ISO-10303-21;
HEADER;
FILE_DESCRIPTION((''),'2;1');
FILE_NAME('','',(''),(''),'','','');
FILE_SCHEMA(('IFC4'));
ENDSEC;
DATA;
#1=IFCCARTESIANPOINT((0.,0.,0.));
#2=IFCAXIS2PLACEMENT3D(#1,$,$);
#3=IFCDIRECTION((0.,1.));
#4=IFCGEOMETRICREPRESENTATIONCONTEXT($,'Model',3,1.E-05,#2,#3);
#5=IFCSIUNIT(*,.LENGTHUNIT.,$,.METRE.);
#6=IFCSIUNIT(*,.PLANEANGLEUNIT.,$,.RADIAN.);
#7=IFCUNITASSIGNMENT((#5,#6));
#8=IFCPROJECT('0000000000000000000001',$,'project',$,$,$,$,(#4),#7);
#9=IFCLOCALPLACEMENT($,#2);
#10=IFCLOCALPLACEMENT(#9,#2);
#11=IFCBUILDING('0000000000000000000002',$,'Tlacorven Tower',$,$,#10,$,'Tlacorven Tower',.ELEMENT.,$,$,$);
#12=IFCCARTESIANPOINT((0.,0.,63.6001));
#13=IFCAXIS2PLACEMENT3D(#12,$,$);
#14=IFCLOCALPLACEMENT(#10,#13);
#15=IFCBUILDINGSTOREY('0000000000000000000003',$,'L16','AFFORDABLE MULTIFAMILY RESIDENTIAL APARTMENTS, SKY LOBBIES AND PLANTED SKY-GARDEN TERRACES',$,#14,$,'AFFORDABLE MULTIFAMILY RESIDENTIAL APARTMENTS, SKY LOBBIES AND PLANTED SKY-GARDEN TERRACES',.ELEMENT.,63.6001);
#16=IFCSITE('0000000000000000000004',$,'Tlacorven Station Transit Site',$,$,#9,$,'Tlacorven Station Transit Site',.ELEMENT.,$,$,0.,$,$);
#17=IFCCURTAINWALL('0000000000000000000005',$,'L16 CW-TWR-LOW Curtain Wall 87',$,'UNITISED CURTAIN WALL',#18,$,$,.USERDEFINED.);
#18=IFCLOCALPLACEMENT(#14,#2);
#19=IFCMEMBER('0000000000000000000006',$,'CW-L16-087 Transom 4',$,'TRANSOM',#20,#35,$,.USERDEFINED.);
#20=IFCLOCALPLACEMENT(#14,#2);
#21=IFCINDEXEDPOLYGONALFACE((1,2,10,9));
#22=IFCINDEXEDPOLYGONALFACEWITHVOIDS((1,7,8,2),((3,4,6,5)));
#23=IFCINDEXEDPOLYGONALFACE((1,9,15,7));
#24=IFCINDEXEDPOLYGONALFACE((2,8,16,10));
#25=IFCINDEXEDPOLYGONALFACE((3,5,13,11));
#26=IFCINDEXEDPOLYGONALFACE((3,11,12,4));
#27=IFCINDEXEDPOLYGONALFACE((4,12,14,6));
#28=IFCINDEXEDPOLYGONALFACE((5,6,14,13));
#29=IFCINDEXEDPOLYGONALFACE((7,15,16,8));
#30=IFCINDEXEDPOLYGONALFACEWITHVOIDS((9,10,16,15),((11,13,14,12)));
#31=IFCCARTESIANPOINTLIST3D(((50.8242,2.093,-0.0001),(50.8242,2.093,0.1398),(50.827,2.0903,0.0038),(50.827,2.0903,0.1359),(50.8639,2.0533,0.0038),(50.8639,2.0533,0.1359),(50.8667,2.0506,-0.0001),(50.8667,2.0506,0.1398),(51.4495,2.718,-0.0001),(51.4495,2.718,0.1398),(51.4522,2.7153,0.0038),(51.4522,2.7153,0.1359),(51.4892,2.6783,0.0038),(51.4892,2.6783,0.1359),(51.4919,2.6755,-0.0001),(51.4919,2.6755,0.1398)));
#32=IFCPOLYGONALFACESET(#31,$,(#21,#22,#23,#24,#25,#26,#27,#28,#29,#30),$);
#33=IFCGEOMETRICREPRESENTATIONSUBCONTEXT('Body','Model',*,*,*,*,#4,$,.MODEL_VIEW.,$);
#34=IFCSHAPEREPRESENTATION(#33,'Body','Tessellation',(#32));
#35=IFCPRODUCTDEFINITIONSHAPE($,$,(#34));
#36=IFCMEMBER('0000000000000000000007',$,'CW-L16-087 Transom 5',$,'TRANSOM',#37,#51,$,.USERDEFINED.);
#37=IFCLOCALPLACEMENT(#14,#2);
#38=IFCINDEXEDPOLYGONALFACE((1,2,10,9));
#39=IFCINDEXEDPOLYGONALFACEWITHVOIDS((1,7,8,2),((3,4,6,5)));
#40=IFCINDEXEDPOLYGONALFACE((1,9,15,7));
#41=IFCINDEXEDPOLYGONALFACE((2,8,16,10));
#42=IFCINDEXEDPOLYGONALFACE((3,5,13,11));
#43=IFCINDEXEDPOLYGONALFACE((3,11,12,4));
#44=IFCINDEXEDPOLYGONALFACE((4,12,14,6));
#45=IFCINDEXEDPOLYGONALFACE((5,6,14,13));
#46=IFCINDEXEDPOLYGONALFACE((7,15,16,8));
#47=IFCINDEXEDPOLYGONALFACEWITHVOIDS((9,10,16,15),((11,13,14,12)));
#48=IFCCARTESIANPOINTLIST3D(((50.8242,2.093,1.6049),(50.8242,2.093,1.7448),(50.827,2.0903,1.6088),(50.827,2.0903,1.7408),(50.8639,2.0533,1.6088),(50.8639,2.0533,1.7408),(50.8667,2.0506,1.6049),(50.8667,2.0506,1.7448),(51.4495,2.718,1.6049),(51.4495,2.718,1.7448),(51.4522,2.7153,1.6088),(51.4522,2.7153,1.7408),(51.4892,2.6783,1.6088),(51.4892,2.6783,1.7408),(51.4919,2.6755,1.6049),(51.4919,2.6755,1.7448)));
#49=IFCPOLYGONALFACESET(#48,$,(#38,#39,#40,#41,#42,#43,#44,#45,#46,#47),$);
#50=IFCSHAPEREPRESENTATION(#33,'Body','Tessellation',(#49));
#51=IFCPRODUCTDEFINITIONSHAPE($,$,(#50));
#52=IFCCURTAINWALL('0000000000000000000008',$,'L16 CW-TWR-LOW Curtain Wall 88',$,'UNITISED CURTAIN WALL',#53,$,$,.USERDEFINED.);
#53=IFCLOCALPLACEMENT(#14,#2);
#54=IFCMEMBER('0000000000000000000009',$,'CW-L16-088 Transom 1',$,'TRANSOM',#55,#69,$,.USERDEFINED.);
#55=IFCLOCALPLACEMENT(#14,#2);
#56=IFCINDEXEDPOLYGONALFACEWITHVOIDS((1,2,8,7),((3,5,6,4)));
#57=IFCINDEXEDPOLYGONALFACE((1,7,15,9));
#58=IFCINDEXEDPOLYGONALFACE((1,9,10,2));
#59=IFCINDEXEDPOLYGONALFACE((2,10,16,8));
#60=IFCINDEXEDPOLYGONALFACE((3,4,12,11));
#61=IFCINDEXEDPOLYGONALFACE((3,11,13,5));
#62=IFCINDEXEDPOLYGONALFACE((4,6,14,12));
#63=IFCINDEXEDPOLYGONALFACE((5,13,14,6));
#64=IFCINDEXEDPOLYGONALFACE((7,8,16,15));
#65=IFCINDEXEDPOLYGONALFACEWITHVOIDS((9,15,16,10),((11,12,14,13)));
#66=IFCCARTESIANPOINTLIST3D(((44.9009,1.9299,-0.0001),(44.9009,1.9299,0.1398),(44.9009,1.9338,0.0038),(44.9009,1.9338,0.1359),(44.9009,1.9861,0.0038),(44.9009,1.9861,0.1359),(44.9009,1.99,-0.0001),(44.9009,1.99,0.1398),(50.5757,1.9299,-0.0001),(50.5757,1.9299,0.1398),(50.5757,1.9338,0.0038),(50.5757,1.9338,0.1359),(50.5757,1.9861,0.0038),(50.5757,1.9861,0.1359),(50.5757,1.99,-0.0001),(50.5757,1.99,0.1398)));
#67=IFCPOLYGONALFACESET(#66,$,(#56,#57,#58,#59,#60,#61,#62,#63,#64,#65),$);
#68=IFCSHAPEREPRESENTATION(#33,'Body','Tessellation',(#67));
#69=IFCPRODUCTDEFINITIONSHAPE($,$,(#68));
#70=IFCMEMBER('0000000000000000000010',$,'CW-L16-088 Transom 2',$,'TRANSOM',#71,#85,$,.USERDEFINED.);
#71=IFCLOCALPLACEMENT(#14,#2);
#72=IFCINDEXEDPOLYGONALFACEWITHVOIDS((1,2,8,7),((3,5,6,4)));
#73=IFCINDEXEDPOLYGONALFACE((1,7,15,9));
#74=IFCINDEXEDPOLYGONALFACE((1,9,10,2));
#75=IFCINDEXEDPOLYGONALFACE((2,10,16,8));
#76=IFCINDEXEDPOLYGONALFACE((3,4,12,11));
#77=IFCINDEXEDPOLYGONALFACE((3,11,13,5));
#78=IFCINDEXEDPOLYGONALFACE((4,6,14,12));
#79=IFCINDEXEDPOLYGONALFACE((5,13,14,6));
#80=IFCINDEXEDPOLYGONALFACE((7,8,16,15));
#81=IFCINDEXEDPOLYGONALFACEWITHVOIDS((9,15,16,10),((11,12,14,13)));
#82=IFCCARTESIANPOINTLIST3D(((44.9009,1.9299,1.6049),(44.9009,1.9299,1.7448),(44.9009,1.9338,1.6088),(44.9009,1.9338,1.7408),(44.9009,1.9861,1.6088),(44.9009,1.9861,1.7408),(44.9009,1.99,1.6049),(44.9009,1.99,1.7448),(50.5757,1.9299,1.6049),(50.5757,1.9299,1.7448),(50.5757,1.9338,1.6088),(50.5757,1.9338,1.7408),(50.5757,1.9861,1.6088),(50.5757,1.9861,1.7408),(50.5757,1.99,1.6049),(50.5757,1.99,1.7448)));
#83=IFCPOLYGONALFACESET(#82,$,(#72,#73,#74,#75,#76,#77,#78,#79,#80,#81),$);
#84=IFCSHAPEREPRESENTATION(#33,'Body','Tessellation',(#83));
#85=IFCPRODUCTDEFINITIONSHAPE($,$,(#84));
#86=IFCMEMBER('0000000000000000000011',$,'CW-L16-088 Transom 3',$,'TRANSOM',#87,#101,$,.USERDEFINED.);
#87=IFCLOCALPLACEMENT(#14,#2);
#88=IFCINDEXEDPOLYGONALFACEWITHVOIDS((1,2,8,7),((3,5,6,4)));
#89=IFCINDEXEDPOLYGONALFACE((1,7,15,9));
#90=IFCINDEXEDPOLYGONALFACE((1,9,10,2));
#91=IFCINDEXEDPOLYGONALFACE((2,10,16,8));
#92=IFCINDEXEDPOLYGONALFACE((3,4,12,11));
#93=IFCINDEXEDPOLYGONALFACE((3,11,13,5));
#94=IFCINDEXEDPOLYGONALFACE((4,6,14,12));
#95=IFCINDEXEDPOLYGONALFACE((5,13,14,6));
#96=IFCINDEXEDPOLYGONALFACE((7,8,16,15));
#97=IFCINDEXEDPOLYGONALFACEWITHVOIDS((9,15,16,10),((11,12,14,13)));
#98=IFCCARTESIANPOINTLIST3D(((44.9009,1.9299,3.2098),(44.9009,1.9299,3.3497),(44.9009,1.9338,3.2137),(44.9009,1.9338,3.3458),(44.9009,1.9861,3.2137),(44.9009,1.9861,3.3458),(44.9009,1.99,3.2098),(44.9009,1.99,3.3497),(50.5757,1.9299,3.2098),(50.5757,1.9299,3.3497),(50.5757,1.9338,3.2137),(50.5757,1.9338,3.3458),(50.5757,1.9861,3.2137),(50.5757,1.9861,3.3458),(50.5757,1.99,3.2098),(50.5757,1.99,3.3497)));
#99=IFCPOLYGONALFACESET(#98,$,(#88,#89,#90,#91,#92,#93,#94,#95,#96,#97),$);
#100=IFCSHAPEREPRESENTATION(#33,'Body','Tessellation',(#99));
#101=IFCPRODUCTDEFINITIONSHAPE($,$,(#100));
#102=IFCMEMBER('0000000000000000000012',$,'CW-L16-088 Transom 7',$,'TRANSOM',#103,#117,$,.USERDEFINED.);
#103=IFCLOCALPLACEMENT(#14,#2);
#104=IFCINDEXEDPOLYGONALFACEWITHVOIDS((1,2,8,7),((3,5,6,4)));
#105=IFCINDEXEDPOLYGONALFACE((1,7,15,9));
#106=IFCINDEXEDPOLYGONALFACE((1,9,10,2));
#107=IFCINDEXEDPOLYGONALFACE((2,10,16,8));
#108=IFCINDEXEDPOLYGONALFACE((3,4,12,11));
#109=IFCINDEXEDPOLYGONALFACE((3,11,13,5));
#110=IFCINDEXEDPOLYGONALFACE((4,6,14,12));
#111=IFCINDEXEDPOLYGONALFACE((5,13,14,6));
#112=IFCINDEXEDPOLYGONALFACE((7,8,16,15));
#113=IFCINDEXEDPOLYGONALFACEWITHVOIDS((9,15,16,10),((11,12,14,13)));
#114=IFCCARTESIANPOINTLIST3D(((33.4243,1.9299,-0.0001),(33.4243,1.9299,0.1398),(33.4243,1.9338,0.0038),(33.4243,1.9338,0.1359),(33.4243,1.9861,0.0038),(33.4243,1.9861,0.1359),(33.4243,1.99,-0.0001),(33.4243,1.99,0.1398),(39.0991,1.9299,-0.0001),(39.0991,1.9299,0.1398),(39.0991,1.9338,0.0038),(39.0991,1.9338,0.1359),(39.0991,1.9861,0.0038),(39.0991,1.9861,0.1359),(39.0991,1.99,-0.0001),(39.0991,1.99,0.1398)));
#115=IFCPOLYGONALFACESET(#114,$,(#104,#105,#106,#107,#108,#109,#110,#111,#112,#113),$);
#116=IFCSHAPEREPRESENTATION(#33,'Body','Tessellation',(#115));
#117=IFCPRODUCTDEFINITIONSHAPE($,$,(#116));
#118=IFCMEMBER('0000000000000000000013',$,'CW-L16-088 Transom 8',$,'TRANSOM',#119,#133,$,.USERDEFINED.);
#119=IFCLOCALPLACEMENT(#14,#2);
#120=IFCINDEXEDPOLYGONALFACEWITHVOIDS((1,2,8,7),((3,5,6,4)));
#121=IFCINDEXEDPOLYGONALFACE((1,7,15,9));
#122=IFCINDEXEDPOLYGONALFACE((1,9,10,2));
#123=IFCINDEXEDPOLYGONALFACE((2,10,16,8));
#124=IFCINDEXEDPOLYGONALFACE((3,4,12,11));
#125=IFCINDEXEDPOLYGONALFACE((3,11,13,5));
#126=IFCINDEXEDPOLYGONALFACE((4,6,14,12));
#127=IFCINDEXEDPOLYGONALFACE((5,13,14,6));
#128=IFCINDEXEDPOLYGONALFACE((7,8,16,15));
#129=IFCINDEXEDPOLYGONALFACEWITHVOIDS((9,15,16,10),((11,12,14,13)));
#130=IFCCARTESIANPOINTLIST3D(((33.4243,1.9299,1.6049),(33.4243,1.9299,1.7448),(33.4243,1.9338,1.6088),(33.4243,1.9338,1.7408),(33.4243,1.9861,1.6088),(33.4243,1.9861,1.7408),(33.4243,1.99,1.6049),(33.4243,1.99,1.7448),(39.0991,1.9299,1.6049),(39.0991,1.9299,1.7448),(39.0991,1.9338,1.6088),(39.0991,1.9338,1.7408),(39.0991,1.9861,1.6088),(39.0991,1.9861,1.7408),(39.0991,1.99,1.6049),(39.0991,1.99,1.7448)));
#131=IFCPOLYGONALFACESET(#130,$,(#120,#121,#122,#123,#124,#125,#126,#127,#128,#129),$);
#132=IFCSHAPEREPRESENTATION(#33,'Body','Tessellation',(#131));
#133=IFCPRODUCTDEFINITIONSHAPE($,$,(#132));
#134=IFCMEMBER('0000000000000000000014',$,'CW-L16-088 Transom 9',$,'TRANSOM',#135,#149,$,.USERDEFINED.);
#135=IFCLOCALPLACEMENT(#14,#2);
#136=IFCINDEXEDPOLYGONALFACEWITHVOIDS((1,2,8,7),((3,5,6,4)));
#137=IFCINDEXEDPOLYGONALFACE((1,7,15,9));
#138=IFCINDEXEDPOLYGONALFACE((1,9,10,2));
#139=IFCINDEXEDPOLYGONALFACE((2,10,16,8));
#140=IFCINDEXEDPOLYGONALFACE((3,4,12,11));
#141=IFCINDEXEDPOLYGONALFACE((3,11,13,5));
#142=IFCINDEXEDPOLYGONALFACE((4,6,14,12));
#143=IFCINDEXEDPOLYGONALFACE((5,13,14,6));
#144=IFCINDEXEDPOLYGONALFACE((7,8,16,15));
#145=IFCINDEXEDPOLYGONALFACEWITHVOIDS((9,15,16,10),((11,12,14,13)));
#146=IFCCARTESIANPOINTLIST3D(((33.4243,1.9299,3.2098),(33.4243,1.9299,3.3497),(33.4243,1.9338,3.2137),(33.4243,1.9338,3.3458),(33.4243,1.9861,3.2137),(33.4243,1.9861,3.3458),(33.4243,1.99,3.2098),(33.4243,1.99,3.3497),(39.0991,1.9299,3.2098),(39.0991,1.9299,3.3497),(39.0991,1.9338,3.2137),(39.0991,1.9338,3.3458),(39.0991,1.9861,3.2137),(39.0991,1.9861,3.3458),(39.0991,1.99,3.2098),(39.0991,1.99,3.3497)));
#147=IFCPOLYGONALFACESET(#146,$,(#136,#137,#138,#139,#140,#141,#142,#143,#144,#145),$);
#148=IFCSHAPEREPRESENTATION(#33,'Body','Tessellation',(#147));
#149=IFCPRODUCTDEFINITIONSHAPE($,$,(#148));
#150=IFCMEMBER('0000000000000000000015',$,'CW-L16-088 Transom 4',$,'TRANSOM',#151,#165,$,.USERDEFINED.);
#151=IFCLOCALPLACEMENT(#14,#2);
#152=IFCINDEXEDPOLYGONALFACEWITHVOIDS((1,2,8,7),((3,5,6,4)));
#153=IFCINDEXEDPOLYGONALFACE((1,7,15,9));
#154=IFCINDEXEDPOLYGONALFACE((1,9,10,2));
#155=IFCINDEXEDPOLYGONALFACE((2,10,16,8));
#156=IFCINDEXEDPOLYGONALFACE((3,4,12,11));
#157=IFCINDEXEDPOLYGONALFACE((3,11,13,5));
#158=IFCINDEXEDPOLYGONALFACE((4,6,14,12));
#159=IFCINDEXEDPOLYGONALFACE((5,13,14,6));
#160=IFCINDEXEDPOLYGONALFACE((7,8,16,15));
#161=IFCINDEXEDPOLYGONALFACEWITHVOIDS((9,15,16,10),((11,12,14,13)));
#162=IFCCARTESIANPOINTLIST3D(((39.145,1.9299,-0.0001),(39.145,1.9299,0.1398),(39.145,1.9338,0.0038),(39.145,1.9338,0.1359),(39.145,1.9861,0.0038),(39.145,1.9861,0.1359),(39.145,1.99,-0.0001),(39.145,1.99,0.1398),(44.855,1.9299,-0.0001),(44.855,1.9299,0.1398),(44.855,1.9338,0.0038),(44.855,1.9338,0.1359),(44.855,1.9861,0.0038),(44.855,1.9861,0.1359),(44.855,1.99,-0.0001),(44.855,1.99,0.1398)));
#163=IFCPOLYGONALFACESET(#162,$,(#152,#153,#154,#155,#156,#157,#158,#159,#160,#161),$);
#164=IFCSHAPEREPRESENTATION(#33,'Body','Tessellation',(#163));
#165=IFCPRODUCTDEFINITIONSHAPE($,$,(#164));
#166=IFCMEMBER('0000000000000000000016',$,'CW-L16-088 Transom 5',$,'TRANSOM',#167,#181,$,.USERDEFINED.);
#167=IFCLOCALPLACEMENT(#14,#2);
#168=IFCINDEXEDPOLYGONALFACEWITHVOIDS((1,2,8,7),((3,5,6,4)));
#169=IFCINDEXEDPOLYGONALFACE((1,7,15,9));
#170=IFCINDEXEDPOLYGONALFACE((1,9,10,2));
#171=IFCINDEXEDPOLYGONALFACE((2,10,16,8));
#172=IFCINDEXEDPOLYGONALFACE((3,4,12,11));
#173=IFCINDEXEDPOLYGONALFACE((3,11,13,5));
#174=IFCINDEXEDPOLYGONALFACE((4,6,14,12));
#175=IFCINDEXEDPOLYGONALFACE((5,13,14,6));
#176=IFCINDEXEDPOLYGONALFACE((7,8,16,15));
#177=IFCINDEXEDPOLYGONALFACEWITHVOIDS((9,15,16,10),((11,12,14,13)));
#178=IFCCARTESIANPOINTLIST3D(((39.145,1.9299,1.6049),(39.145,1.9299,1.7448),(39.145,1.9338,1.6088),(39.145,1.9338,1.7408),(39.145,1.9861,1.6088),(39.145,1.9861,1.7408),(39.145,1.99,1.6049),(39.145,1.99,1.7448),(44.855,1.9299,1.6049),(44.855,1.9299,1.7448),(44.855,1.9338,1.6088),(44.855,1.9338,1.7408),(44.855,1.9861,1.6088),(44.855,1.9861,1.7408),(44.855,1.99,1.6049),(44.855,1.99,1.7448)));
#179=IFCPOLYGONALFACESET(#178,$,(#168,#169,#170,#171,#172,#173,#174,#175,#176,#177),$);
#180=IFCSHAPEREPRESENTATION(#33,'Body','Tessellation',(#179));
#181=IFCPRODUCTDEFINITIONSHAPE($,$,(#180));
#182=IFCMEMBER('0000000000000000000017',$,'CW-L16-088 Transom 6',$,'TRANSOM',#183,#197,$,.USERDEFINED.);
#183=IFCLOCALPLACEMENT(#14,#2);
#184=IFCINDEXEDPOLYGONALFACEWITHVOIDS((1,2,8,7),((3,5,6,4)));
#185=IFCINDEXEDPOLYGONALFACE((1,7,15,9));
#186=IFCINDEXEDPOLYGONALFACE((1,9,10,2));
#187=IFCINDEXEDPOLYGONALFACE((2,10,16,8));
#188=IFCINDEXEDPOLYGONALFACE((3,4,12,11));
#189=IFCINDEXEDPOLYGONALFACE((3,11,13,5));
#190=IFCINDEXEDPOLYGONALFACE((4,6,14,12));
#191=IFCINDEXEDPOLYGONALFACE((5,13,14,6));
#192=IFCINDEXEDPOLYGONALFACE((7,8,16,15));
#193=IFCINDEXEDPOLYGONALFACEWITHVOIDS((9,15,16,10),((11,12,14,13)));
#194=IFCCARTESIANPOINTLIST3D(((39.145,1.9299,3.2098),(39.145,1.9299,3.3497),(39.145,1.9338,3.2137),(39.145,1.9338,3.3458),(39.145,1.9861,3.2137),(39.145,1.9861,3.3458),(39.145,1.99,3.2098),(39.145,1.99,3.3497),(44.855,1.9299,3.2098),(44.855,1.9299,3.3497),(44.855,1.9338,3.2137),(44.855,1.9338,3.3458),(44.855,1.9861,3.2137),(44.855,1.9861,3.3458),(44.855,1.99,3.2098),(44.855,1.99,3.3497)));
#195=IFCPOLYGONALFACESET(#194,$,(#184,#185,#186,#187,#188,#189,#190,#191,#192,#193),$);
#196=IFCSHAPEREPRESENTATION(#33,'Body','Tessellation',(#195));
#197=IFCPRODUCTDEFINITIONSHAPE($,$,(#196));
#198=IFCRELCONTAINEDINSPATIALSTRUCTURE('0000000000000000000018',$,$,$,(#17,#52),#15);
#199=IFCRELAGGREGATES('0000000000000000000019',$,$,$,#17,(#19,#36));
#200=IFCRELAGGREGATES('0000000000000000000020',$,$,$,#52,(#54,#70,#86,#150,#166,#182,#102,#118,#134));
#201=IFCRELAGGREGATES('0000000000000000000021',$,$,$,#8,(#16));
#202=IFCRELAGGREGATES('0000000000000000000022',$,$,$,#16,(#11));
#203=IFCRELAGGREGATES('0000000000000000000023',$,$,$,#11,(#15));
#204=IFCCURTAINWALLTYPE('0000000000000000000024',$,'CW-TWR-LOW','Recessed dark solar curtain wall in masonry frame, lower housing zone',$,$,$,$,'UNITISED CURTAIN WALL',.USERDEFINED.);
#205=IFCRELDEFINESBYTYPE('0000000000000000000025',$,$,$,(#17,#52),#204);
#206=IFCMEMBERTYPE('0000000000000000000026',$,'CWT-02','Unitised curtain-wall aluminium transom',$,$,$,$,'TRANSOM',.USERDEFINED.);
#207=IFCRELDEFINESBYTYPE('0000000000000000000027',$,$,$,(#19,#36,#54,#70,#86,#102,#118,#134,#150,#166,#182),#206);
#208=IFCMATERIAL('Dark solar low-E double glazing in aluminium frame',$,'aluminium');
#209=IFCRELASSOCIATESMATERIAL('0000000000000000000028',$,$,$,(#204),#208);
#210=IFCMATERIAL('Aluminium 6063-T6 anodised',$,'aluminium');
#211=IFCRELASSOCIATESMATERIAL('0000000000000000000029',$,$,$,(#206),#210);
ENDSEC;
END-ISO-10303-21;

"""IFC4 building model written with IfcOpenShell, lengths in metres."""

from ifc_helpers import new_model, si_unit, direction, frame, origin, origin_2d, place, context, subcontext, project, spatial, hollow_rectangle, extrude, source, transform, mapped, material, material_profile, profile_set, type_object, element, aggregate, save


model = new_model("IFC4")

# Units and contexts
model_context = context("Model", 3, precision=1e-05, world=origin(), true_north=direction((0.0, 1.0)))
body_context = subcontext(model_context, "Body", "Model", "MODEL_VIEW")
ifc_project = project(units=[si_unit("LENGTHUNIT", "METRE"), si_unit("PLANEANGLEUNIT", "RADIAN")], contexts=[model_context])

# Site, building, storey
site_placement = place(None, origin())
site = spatial("IfcSite", under=ifc_project, at=site_placement, Name="Tlacorven Station Transit Site", LongName="Tlacorven Station Transit Site", CompositionType="ELEMENT", RefElevation=0.0)
building_placement = place(site_placement, origin())
building = spatial("IfcBuilding", under=site, at=building_placement, Name="Tlacorven Tower", LongName="Tlacorven Tower", CompositionType="ELEMENT")
storey_placement = place(building_placement, frame((0.0, 0.0, 63.6001)))
storey = spatial("IfcBuildingStorey", under=building, at=storey_placement, Name="L16", Description="AFFORDABLE MULTIFAMILY RESIDENTIAL APARTMENTS, SKY LOBBIES AND PLANTED SKY-GARDEN TERRACES", LongName="AFFORDABLE MULTIFAMILY RESIDENTIAL APARTMENTS, SKY LOBBIES AND PLANTED SKY-GARDEN TERRACES", CompositionType="ELEMENT", Elevation=63.6001)

# Curtain walls, members
ifc_material_1 = material(Name="Dark solar low-E double glazing in aluminium frame", Category="aluminium")
curtain_wall_type = type_object("IfcCurtainWallType", Name="CW-TWR-LOW", Description="Recessed dark solar curtain wall in masonry frame, lower housing zone", ElementType="UNITISED CURTAIN WALL", PredefinedType="USERDEFINED", material=ifc_material_1)
curtain_wall_1_placement = place(storey_placement, origin())
curtain_wall_1 = element("IfcCurtainWall", 1, at=curtain_wall_1_placement, inside=storey, type_object=curtain_wall_type, Name="L16 CW-TWR-LOW Curtain Wall 87", ObjectType="UNITISED CURTAIN WALL", PredefinedType="USERDEFINED")
ifc_material_2 = material(Name="Aluminium 6063-T6 anodised", Category="aluminium")
ifc_material_profile_1 = material_profile(ifc_material_2, hollow_rectangle(XDim=0.0601, YDim=0.1399, WallThickness=0.0039, at=origin_2d()), Name="ALU TRANSOM 60X140")
ifc_profile_set_1 = profile_set([ifc_material_profile_1], Name="Aluminium 6063-T6 anodised")
member_type_1 = type_object("IfcMemberType", Name="CWT-02", Description="Unitised curtain-wall aluminium transom", ElementType="TRANSOM", PredefinedType="USERDEFINED", material=ifc_profile_set_1)
shared_shape_1 = source(origin(), body_context, "Body", "SweptSolid", [
    extrude(hollow_rectangle(XDim=0.0601, YDim=0.1399, WallThickness=0.0039, at=origin_2d()), origin(), (0.0, 0.0, 1.0), 0.884),
])
member_1_placement = place(storey_placement, frame((51.4707, 2.6968, 0.0698), z_axis=(-0.707245, -0.706969, 0.0), x_axis=(0.706969, -0.707245, 0.0)))
member_1 = element("IfcMember", 2, at=member_1_placement, type_object=member_type_1, Name="CW-L16-087 Transom 4", ObjectType="TRANSOM", PredefinedType="USERDEFINED", context=body_context, shape_type="MappedRepresentation", body=[
    mapped(shared_shape_1, transform((0.0, 0.0, 0.0), scale=1.0)),
])
member_2_placement = place(storey_placement, frame((51.4707, 2.6968, 1.6748), z_axis=(-0.707245, -0.706969, 0.0), x_axis=(0.706969, -0.707245, 0.0)))
member_2 = element("IfcMember", 3, at=member_2_placement, type_object=member_type_1, Name="CW-L16-087 Transom 5", ObjectType="TRANSOM", PredefinedType="USERDEFINED", context=body_context, shape_type="MappedRepresentation", body=[
    mapped(shared_shape_1, transform((0.0, 0.0, 0.0), scale=1.0)),
])
curtain_wall_2_placement = place(storey_placement, origin())
curtain_wall_2 = element("IfcCurtainWall", 4, at=curtain_wall_2_placement, inside=storey, type_object=curtain_wall_type, Name="L16 CW-TWR-LOW Curtain Wall 88", ObjectType="UNITISED CURTAIN WALL", PredefinedType="USERDEFINED")
shared_shape_2 = source(origin(), body_context, "Body", "SweptSolid", [
    extrude(hollow_rectangle(XDim=0.0601, YDim=0.1399, WallThickness=0.0039, at=origin_2d()), origin(), (0.0, 0.0, 1.0), 5.6748),
])
member_3_placement = place(storey_placement, frame((50.5757, 1.96, 0.0698), z_axis=(-1.0, 0.0, 0.0), x_axis=(0.0, -1.0, 0.0)))
member_3 = element("IfcMember", 5, at=member_3_placement, type_object=member_type_1, Name="CW-L16-088 Transom 1", ObjectType="TRANSOM", PredefinedType="USERDEFINED", context=body_context, shape_type="MappedRepresentation", body=[
    mapped(shared_shape_2, transform((0.0, 0.0, 0.0), scale=1.0)),
])
member_4_placement = place(storey_placement, frame((50.5757, 1.96, 1.6748), z_axis=(-1.0, 0.0, 0.0), x_axis=(0.0, -1.0, 0.0)))
member_4 = element("IfcMember", 6, at=member_4_placement, type_object=member_type_1, Name="CW-L16-088 Transom 2", ObjectType="TRANSOM", PredefinedType="USERDEFINED", context=body_context, shape_type="MappedRepresentation", body=[
    mapped(shared_shape_2, transform((0.0, 0.0, 0.0), scale=1.0)),
])
member_5_placement = place(storey_placement, frame((50.5757, 1.96, 3.2798), z_axis=(-1.0, 0.0, 0.0), x_axis=(0.0, -1.0, 0.0)))
member_5 = element("IfcMember", 7, at=member_5_placement, type_object=member_type_1, Name="CW-L16-088 Transom 3", ObjectType="TRANSOM", PredefinedType="USERDEFINED", context=body_context, shape_type="MappedRepresentation", body=[
    mapped(shared_shape_2, transform((0.0, 0.0, 0.0), scale=1.0)),
])
member_6_placement = place(storey_placement, frame((39.0991, 1.96, 0.0698), z_axis=(-1.0, 0.0, 0.0), x_axis=(0.0, -1.0, 0.0)))
member_6 = element("IfcMember", 8, at=member_6_placement, type_object=member_type_1, Name="CW-L16-088 Transom 7", ObjectType="TRANSOM", PredefinedType="USERDEFINED", context=body_context, shape_type="MappedRepresentation", body=[
    mapped(shared_shape_2, transform((0.0, 0.0, 0.0), scale=1.0)),
])
member_7_placement = place(storey_placement, frame((39.0991, 1.96, 1.6748), z_axis=(-1.0, 0.0, 0.0), x_axis=(0.0, -1.0, 0.0)))
member_7 = element("IfcMember", 9, at=member_7_placement, type_object=member_type_1, Name="CW-L16-088 Transom 8", ObjectType="TRANSOM", PredefinedType="USERDEFINED", context=body_context, shape_type="MappedRepresentation", body=[
    mapped(shared_shape_2, transform((0.0, 0.0, 0.0), scale=1.0)),
])
member_8_placement = place(storey_placement, frame((39.0991, 1.96, 3.2798), z_axis=(-1.0, 0.0, 0.0), x_axis=(0.0, -1.0, 0.0)))
member_8 = element("IfcMember", 10, at=member_8_placement, type_object=member_type_1, Name="CW-L16-088 Transom 9", ObjectType="TRANSOM", PredefinedType="USERDEFINED", context=body_context, shape_type="MappedRepresentation", body=[
    mapped(shared_shape_2, transform((0.0, 0.0, 0.0), scale=1.0)),
])
shared_shape_3 = source(origin(), body_context, "Body", "SweptSolid", [
    extrude(hollow_rectangle(XDim=0.0601, YDim=0.1399, WallThickness=0.0039, at=origin_2d()), origin(), (0.0, 0.0, 1.0), 5.71),
])
member_9_placement = place(storey_placement, frame((44.855, 1.96, 0.0698), z_axis=(-1.0, 0.0, 0.0), x_axis=(0.0, -1.0, 0.0)))
member_9 = element("IfcMember", 11, at=member_9_placement, type_object=member_type_1, Name="CW-L16-088 Transom 4", ObjectType="TRANSOM", PredefinedType="USERDEFINED", context=body_context, shape_type="MappedRepresentation", body=[
    mapped(shared_shape_3, transform((0.0, 0.0, 0.0), scale=1.0)),
])
member_10_placement = place(storey_placement, frame((44.855, 1.96, 1.6748), z_axis=(-1.0, 0.0, 0.0), x_axis=(0.0, -1.0, 0.0)))
member_10 = element("IfcMember", 12, at=member_10_placement, type_object=member_type_1, Name="CW-L16-088 Transom 5", ObjectType="TRANSOM", PredefinedType="USERDEFINED", context=body_context, shape_type="MappedRepresentation", body=[
    mapped(shared_shape_3, transform((0.0, 0.0, 0.0), scale=1.0)),
])
member_11_placement = place(storey_placement, frame((44.855, 1.96, 3.2798), z_axis=(-1.0, 0.0, 0.0), x_axis=(0.0, -1.0, 0.0)))
member_11 = element("IfcMember", 13, at=member_11_placement, type_object=member_type_1, Name="CW-L16-088 Transom 6", ObjectType="TRANSOM", PredefinedType="USERDEFINED", context=body_context, shape_type="MappedRepresentation", body=[
    mapped(shared_shape_3, transform((0.0, 0.0, 0.0), scale=1.0)),
])

aggregate(curtain_wall_1, [member_1, member_2])
aggregate(curtain_wall_2, [member_3, member_4, member_5, member_9, member_10, member_11, member_6, member_7, member_8])

save(model, "model.ifc")
